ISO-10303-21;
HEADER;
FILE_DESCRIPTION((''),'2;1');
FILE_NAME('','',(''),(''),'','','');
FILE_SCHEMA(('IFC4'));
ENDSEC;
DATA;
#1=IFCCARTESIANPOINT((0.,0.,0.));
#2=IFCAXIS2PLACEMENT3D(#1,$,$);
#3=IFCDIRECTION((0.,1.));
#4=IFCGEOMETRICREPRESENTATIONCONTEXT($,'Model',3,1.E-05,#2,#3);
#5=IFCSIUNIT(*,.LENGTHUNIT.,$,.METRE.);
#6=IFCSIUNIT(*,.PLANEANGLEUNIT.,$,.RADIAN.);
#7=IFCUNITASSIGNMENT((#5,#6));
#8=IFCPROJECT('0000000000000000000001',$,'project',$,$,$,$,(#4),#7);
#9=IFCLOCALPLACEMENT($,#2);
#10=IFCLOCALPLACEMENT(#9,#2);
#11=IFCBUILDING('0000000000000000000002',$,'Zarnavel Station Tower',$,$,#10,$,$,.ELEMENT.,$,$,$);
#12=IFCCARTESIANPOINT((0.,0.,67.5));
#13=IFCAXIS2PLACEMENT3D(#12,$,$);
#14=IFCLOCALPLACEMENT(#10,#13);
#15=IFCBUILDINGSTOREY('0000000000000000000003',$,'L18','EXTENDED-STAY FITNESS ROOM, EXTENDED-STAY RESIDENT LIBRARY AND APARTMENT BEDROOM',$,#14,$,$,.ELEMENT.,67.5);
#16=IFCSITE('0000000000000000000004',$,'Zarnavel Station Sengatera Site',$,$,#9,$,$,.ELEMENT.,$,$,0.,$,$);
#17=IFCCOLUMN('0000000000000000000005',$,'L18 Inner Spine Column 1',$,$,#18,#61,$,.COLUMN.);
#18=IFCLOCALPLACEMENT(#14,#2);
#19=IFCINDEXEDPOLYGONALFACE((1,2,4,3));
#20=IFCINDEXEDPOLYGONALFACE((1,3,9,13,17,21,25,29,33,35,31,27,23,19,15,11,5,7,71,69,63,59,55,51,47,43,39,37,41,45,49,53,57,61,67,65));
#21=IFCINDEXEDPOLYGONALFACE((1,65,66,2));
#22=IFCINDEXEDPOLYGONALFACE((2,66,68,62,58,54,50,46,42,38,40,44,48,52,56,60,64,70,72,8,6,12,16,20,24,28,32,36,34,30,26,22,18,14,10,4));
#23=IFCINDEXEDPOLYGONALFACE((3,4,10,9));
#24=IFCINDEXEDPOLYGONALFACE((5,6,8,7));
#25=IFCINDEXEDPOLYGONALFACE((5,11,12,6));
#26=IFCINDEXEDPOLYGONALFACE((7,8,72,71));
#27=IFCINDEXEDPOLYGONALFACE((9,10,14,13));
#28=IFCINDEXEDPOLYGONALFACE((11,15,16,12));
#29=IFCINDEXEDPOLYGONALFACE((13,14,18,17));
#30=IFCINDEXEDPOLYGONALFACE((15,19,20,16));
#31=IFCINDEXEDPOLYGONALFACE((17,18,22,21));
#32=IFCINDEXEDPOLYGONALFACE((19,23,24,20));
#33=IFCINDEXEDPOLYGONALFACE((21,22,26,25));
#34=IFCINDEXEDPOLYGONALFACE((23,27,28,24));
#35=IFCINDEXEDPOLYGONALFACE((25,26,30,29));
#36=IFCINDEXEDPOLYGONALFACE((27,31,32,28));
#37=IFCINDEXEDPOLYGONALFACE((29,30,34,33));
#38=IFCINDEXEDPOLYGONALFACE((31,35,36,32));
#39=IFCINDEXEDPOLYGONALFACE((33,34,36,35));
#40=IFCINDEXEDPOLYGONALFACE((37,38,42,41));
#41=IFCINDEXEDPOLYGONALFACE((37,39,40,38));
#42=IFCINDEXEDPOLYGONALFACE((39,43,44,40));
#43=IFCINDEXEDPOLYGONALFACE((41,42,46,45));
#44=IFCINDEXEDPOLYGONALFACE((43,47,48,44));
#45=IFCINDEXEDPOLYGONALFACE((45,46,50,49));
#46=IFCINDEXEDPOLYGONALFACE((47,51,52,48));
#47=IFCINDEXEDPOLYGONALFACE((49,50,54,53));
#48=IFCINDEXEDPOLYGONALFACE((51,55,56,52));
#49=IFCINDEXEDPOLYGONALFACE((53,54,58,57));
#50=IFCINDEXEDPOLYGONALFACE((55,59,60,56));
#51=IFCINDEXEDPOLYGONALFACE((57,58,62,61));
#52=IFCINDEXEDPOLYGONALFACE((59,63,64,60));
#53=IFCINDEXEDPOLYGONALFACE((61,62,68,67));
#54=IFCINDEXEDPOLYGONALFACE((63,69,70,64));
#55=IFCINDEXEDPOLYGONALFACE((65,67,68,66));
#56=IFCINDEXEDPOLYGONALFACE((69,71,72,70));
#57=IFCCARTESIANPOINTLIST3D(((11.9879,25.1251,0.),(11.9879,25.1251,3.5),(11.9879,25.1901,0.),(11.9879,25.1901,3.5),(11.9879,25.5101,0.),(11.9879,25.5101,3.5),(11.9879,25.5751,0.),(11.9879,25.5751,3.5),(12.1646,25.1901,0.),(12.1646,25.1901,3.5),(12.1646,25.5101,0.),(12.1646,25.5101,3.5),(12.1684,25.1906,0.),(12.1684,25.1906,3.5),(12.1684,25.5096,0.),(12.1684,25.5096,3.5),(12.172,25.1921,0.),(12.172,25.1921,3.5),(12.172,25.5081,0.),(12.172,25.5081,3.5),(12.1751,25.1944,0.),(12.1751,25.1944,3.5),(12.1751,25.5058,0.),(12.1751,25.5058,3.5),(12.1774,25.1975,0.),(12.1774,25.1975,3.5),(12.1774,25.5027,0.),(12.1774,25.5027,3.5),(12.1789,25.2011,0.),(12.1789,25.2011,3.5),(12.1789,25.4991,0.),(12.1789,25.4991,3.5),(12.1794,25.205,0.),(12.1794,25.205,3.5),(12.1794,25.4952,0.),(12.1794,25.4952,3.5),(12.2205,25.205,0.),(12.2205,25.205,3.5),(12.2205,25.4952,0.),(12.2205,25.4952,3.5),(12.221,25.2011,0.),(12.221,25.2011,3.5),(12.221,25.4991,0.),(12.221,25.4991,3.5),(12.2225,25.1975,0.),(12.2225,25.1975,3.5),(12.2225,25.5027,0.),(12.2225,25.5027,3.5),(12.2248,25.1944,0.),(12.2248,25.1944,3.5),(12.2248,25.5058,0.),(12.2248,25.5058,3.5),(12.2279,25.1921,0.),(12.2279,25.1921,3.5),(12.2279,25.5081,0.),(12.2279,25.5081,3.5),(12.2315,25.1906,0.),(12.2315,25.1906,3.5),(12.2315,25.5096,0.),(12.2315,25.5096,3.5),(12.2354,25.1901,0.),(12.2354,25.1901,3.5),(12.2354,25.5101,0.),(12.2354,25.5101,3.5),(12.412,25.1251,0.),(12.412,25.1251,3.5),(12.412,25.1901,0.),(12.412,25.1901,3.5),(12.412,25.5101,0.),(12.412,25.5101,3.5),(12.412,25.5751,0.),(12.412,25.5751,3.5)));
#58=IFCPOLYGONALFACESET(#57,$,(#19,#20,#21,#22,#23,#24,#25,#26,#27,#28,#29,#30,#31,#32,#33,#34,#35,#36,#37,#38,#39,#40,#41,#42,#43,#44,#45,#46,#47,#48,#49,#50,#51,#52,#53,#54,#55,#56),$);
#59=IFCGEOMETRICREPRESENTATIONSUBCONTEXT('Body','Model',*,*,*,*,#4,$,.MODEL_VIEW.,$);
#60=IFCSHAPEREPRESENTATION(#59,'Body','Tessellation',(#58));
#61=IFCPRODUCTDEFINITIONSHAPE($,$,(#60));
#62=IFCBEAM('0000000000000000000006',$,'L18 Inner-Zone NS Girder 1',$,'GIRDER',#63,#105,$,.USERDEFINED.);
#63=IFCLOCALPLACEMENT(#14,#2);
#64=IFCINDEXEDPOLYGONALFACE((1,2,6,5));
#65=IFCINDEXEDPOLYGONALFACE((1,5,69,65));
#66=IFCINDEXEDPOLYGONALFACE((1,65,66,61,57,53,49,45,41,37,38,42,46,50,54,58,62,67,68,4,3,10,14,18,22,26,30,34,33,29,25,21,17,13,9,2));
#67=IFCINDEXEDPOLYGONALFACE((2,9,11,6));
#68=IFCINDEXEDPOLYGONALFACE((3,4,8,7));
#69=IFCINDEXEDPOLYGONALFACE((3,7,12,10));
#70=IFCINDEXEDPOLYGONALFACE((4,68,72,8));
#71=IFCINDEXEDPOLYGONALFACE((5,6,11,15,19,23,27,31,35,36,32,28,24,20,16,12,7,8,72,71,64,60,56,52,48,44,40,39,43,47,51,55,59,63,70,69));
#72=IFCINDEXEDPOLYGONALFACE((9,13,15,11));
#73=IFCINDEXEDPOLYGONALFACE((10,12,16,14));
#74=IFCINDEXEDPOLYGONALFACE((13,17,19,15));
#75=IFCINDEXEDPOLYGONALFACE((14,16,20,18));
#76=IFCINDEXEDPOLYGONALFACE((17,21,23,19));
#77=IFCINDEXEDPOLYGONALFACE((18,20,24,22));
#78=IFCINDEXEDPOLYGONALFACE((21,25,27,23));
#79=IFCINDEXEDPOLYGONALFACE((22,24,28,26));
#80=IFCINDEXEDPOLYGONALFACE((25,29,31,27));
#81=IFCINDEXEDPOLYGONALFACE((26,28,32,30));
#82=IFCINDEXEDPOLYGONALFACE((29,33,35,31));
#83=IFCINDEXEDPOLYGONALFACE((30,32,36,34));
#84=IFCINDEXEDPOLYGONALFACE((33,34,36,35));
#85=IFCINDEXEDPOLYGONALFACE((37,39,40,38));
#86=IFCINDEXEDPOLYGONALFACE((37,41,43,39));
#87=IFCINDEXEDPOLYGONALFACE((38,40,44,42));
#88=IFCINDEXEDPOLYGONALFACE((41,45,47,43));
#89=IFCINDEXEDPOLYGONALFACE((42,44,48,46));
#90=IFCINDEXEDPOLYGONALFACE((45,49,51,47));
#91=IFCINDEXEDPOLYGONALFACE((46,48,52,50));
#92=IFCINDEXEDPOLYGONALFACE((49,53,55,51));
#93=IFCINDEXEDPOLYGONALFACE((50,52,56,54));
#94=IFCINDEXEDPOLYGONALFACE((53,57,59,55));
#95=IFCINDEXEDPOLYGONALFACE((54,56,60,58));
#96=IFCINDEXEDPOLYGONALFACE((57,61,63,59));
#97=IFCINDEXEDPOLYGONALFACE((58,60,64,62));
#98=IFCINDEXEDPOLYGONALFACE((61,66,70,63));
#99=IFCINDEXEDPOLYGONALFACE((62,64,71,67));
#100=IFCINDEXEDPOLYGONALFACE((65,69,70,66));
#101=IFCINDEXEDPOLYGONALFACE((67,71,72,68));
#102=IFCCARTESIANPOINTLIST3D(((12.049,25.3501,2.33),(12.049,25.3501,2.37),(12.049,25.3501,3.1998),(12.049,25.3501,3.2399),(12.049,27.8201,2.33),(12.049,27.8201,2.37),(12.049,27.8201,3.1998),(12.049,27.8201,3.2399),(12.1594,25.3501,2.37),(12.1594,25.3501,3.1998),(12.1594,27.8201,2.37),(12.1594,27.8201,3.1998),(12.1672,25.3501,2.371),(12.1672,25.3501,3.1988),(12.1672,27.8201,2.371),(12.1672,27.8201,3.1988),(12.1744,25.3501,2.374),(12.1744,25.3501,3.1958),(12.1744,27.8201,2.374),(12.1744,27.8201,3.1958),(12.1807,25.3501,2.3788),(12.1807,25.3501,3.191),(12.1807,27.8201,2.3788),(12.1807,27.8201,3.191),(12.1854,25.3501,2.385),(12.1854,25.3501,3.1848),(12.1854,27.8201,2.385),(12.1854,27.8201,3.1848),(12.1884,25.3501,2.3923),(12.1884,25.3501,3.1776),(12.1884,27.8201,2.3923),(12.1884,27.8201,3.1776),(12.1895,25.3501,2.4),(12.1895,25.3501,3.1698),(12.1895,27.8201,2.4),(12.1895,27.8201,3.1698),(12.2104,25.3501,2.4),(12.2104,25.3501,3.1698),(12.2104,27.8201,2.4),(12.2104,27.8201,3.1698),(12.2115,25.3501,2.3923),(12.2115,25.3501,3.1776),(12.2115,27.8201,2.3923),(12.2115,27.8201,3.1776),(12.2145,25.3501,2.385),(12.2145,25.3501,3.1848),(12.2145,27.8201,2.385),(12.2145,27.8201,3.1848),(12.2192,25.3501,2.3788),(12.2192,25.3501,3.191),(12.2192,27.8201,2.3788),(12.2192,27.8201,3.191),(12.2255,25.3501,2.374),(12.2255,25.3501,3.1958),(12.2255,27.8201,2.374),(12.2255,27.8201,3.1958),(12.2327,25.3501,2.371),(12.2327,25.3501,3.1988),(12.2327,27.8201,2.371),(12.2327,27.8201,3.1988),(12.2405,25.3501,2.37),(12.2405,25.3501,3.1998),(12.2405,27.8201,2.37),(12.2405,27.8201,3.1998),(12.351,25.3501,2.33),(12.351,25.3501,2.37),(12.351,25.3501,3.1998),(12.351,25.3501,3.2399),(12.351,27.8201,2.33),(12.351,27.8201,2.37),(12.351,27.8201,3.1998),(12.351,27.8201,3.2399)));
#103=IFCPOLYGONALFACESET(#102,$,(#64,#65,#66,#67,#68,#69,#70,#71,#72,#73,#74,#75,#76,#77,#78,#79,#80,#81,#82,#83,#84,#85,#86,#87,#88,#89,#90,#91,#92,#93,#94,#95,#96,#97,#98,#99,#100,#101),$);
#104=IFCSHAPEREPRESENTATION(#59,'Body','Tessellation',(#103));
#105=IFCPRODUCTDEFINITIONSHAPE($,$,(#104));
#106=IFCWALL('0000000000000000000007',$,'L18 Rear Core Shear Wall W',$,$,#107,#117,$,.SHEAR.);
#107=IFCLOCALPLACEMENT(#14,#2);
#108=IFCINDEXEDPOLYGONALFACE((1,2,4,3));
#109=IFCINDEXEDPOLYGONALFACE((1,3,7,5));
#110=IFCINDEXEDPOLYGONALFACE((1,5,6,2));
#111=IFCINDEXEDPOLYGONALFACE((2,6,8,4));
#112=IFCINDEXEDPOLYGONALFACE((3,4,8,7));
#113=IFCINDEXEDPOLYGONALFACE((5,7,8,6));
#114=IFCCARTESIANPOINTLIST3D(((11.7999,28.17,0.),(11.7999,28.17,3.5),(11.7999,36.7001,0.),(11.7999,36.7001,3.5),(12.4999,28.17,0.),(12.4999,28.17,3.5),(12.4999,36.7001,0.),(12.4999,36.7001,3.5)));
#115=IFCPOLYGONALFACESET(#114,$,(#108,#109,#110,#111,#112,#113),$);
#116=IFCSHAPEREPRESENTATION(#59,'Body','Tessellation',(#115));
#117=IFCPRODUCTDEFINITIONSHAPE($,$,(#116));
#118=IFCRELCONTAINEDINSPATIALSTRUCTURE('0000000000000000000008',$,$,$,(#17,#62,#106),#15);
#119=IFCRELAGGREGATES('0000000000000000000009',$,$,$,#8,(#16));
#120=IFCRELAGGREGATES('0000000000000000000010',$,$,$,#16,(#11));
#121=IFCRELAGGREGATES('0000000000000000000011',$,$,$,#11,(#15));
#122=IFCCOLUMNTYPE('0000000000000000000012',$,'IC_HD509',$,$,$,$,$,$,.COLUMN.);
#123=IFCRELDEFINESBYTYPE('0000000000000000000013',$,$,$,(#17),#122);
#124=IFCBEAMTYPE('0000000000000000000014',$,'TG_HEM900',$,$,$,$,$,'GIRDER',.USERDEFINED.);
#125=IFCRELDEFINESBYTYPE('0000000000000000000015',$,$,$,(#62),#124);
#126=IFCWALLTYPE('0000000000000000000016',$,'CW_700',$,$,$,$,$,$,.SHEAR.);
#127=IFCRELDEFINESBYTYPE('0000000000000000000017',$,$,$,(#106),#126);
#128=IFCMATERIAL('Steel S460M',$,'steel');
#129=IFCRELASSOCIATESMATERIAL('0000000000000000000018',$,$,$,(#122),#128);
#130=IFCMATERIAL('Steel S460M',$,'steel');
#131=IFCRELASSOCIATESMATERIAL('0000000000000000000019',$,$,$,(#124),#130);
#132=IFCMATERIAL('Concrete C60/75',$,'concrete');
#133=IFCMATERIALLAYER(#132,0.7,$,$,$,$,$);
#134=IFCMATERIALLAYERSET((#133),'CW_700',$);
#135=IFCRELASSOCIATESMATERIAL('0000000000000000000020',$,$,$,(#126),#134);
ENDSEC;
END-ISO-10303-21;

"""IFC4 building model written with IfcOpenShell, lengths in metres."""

from ifc_helpers import new_model, si_unit, direction, frame, frame_2d, origin, origin_2d, place, context, subcontext, project, spatial, rectangle, i_section, extrude, material, layer, layer_set, material_profile, profile_set, type_object, element, save


model = new_model("IFC4")

# Units and contexts
model_context = context("Model", 3, precision=1e-05, world=origin(), true_north=direction((0.0, 1.0)))
body_context = subcontext(model_context, "Body", "Model", "MODEL_VIEW")
ifc_project = project(units=[si_unit("LENGTHUNIT", "METRE"), si_unit("PLANEANGLEUNIT", "RADIAN")], contexts=[model_context])

# Site, building, storey
site_placement = place(None, origin())
site = spatial("IfcSite", under=ifc_project, at=site_placement, Name="Zarnavel Station Sengatera Site", CompositionType="ELEMENT", RefElevation=0.0)
building_placement = place(site_placement, origin())
building = spatial("IfcBuilding", under=site, at=building_placement, Name="Zarnavel Station Tower", CompositionType="ELEMENT")
storey_placement = place(building_placement, frame((0.0, 0.0, 67.5)))
storey = spatial("IfcBuildingStorey", under=building, at=storey_placement, Name="L18", Description="EXTENDED-STAY FITNESS ROOM, EXTENDED-STAY RESIDENT LIBRARY AND APARTMENT BEDROOM", CompositionType="ELEMENT", Elevation=67.5)

# Column
ifc_material_1 = material(Name="Steel S460M", Category="steel")
ifc_material_profile_1 = material_profile(ifc_material_1, i_section(OverallWidth=0.4241, OverallDepth=0.45, WebThickness=0.041, FlangeThickness=0.0649, FilletRadius=0.0149, at=origin_2d()), Name="HD400x509")
ifc_profile_set_1 = profile_set([ifc_material_profile_1], Name="Steel S460M")
column_type = type_object("IfcColumnType", Name="IC_HD509", PredefinedType="COLUMN", material=ifc_profile_set_1)
column_placement = place(storey_placement, frame((12.2, 25.3501, 0.0), z_axis=(0.0, 0.0, 1.0), x_axis=(1.0, 0.0, 0.0)))
element("IfcColumn", 1, at=column_placement, inside=storey, type_object=column_type, Name="L18 Inner Spine Column 1", PredefinedType="COLUMN", context=body_context, shape_type="SweptSolid", body=[
    extrude(i_section(OverallWidth=0.4241, OverallDepth=0.45, WebThickness=0.041, FlangeThickness=0.0649, FilletRadius=0.0149, at=origin_2d()), origin(), (0.0, 0.0, 1.0), 3.5),
])

# Beam
ifc_material_2 = material(Name="Steel S460M", Category="steel")
ifc_material_profile_2 = material_profile(ifc_material_2, i_section(OverallWidth=0.302, OverallDepth=0.9099, WebThickness=0.021, FlangeThickness=0.04, FilletRadius=0.03, at=origin_2d()), Name="HEM900")
ifc_profile_set_2 = profile_set([ifc_material_profile_2], Name="Steel S460M")
beam_type = type_object("IfcBeamType", Name="TG_HEM900", ElementType="GIRDER", PredefinedType="USERDEFINED", material=ifc_profile_set_2)
beam_placement = place(storey_placement, frame((12.2, 25.3501, 2.7849), z_axis=(0.0, 1.0, 0.0), x_axis=(-1.0, 0.0, 0.0)))
element("IfcBeam", 2, at=beam_placement, inside=storey, type_object=beam_type, Name="L18 Inner-Zone NS Girder 1", ObjectType="GIRDER", PredefinedType="USERDEFINED", context=body_context, shape_type="SweptSolid", body=[
    extrude(i_section(OverallWidth=0.302, OverallDepth=0.9099, WebThickness=0.021, FlangeThickness=0.04, FilletRadius=0.03, at=origin_2d()), origin(), (0.0, 0.0, 1.0), 2.47),
])

# Wall
ifc_material_3 = material(Name="Concrete C60/75", Category="concrete")
ifc_layer_1 = layer(ifc_material_3, 0.7)
ifc_layer_set_1 = layer_set([ifc_layer_1], Name="CW_700")
wall_type_1 = type_object("IfcWallType", Name="CW_700", PredefinedType="SHEAR", material=ifc_layer_set_1)
wall_1_placement = place(storey_placement, frame((12.1499, 28.1699, 0.0), z_axis=(0.0, 0.0, 1.0), x_axis=(0.0, 1.0, 0.0)))
element("IfcWall", 3, at=wall_1_placement, inside=storey, type_object=wall_type_1, Name="L18 Rear Core Shear Wall W", PredefinedType="SHEAR", context=body_context, shape_type="SweptSolid", body=[
    extrude(rectangle(XDim=8.53, YDim=0.7, at=frame_2d((4.2651, 0.0))), origin(), (0.0, 0.0, 1.0), 3.5),
])

save(model, "model.ifc")
